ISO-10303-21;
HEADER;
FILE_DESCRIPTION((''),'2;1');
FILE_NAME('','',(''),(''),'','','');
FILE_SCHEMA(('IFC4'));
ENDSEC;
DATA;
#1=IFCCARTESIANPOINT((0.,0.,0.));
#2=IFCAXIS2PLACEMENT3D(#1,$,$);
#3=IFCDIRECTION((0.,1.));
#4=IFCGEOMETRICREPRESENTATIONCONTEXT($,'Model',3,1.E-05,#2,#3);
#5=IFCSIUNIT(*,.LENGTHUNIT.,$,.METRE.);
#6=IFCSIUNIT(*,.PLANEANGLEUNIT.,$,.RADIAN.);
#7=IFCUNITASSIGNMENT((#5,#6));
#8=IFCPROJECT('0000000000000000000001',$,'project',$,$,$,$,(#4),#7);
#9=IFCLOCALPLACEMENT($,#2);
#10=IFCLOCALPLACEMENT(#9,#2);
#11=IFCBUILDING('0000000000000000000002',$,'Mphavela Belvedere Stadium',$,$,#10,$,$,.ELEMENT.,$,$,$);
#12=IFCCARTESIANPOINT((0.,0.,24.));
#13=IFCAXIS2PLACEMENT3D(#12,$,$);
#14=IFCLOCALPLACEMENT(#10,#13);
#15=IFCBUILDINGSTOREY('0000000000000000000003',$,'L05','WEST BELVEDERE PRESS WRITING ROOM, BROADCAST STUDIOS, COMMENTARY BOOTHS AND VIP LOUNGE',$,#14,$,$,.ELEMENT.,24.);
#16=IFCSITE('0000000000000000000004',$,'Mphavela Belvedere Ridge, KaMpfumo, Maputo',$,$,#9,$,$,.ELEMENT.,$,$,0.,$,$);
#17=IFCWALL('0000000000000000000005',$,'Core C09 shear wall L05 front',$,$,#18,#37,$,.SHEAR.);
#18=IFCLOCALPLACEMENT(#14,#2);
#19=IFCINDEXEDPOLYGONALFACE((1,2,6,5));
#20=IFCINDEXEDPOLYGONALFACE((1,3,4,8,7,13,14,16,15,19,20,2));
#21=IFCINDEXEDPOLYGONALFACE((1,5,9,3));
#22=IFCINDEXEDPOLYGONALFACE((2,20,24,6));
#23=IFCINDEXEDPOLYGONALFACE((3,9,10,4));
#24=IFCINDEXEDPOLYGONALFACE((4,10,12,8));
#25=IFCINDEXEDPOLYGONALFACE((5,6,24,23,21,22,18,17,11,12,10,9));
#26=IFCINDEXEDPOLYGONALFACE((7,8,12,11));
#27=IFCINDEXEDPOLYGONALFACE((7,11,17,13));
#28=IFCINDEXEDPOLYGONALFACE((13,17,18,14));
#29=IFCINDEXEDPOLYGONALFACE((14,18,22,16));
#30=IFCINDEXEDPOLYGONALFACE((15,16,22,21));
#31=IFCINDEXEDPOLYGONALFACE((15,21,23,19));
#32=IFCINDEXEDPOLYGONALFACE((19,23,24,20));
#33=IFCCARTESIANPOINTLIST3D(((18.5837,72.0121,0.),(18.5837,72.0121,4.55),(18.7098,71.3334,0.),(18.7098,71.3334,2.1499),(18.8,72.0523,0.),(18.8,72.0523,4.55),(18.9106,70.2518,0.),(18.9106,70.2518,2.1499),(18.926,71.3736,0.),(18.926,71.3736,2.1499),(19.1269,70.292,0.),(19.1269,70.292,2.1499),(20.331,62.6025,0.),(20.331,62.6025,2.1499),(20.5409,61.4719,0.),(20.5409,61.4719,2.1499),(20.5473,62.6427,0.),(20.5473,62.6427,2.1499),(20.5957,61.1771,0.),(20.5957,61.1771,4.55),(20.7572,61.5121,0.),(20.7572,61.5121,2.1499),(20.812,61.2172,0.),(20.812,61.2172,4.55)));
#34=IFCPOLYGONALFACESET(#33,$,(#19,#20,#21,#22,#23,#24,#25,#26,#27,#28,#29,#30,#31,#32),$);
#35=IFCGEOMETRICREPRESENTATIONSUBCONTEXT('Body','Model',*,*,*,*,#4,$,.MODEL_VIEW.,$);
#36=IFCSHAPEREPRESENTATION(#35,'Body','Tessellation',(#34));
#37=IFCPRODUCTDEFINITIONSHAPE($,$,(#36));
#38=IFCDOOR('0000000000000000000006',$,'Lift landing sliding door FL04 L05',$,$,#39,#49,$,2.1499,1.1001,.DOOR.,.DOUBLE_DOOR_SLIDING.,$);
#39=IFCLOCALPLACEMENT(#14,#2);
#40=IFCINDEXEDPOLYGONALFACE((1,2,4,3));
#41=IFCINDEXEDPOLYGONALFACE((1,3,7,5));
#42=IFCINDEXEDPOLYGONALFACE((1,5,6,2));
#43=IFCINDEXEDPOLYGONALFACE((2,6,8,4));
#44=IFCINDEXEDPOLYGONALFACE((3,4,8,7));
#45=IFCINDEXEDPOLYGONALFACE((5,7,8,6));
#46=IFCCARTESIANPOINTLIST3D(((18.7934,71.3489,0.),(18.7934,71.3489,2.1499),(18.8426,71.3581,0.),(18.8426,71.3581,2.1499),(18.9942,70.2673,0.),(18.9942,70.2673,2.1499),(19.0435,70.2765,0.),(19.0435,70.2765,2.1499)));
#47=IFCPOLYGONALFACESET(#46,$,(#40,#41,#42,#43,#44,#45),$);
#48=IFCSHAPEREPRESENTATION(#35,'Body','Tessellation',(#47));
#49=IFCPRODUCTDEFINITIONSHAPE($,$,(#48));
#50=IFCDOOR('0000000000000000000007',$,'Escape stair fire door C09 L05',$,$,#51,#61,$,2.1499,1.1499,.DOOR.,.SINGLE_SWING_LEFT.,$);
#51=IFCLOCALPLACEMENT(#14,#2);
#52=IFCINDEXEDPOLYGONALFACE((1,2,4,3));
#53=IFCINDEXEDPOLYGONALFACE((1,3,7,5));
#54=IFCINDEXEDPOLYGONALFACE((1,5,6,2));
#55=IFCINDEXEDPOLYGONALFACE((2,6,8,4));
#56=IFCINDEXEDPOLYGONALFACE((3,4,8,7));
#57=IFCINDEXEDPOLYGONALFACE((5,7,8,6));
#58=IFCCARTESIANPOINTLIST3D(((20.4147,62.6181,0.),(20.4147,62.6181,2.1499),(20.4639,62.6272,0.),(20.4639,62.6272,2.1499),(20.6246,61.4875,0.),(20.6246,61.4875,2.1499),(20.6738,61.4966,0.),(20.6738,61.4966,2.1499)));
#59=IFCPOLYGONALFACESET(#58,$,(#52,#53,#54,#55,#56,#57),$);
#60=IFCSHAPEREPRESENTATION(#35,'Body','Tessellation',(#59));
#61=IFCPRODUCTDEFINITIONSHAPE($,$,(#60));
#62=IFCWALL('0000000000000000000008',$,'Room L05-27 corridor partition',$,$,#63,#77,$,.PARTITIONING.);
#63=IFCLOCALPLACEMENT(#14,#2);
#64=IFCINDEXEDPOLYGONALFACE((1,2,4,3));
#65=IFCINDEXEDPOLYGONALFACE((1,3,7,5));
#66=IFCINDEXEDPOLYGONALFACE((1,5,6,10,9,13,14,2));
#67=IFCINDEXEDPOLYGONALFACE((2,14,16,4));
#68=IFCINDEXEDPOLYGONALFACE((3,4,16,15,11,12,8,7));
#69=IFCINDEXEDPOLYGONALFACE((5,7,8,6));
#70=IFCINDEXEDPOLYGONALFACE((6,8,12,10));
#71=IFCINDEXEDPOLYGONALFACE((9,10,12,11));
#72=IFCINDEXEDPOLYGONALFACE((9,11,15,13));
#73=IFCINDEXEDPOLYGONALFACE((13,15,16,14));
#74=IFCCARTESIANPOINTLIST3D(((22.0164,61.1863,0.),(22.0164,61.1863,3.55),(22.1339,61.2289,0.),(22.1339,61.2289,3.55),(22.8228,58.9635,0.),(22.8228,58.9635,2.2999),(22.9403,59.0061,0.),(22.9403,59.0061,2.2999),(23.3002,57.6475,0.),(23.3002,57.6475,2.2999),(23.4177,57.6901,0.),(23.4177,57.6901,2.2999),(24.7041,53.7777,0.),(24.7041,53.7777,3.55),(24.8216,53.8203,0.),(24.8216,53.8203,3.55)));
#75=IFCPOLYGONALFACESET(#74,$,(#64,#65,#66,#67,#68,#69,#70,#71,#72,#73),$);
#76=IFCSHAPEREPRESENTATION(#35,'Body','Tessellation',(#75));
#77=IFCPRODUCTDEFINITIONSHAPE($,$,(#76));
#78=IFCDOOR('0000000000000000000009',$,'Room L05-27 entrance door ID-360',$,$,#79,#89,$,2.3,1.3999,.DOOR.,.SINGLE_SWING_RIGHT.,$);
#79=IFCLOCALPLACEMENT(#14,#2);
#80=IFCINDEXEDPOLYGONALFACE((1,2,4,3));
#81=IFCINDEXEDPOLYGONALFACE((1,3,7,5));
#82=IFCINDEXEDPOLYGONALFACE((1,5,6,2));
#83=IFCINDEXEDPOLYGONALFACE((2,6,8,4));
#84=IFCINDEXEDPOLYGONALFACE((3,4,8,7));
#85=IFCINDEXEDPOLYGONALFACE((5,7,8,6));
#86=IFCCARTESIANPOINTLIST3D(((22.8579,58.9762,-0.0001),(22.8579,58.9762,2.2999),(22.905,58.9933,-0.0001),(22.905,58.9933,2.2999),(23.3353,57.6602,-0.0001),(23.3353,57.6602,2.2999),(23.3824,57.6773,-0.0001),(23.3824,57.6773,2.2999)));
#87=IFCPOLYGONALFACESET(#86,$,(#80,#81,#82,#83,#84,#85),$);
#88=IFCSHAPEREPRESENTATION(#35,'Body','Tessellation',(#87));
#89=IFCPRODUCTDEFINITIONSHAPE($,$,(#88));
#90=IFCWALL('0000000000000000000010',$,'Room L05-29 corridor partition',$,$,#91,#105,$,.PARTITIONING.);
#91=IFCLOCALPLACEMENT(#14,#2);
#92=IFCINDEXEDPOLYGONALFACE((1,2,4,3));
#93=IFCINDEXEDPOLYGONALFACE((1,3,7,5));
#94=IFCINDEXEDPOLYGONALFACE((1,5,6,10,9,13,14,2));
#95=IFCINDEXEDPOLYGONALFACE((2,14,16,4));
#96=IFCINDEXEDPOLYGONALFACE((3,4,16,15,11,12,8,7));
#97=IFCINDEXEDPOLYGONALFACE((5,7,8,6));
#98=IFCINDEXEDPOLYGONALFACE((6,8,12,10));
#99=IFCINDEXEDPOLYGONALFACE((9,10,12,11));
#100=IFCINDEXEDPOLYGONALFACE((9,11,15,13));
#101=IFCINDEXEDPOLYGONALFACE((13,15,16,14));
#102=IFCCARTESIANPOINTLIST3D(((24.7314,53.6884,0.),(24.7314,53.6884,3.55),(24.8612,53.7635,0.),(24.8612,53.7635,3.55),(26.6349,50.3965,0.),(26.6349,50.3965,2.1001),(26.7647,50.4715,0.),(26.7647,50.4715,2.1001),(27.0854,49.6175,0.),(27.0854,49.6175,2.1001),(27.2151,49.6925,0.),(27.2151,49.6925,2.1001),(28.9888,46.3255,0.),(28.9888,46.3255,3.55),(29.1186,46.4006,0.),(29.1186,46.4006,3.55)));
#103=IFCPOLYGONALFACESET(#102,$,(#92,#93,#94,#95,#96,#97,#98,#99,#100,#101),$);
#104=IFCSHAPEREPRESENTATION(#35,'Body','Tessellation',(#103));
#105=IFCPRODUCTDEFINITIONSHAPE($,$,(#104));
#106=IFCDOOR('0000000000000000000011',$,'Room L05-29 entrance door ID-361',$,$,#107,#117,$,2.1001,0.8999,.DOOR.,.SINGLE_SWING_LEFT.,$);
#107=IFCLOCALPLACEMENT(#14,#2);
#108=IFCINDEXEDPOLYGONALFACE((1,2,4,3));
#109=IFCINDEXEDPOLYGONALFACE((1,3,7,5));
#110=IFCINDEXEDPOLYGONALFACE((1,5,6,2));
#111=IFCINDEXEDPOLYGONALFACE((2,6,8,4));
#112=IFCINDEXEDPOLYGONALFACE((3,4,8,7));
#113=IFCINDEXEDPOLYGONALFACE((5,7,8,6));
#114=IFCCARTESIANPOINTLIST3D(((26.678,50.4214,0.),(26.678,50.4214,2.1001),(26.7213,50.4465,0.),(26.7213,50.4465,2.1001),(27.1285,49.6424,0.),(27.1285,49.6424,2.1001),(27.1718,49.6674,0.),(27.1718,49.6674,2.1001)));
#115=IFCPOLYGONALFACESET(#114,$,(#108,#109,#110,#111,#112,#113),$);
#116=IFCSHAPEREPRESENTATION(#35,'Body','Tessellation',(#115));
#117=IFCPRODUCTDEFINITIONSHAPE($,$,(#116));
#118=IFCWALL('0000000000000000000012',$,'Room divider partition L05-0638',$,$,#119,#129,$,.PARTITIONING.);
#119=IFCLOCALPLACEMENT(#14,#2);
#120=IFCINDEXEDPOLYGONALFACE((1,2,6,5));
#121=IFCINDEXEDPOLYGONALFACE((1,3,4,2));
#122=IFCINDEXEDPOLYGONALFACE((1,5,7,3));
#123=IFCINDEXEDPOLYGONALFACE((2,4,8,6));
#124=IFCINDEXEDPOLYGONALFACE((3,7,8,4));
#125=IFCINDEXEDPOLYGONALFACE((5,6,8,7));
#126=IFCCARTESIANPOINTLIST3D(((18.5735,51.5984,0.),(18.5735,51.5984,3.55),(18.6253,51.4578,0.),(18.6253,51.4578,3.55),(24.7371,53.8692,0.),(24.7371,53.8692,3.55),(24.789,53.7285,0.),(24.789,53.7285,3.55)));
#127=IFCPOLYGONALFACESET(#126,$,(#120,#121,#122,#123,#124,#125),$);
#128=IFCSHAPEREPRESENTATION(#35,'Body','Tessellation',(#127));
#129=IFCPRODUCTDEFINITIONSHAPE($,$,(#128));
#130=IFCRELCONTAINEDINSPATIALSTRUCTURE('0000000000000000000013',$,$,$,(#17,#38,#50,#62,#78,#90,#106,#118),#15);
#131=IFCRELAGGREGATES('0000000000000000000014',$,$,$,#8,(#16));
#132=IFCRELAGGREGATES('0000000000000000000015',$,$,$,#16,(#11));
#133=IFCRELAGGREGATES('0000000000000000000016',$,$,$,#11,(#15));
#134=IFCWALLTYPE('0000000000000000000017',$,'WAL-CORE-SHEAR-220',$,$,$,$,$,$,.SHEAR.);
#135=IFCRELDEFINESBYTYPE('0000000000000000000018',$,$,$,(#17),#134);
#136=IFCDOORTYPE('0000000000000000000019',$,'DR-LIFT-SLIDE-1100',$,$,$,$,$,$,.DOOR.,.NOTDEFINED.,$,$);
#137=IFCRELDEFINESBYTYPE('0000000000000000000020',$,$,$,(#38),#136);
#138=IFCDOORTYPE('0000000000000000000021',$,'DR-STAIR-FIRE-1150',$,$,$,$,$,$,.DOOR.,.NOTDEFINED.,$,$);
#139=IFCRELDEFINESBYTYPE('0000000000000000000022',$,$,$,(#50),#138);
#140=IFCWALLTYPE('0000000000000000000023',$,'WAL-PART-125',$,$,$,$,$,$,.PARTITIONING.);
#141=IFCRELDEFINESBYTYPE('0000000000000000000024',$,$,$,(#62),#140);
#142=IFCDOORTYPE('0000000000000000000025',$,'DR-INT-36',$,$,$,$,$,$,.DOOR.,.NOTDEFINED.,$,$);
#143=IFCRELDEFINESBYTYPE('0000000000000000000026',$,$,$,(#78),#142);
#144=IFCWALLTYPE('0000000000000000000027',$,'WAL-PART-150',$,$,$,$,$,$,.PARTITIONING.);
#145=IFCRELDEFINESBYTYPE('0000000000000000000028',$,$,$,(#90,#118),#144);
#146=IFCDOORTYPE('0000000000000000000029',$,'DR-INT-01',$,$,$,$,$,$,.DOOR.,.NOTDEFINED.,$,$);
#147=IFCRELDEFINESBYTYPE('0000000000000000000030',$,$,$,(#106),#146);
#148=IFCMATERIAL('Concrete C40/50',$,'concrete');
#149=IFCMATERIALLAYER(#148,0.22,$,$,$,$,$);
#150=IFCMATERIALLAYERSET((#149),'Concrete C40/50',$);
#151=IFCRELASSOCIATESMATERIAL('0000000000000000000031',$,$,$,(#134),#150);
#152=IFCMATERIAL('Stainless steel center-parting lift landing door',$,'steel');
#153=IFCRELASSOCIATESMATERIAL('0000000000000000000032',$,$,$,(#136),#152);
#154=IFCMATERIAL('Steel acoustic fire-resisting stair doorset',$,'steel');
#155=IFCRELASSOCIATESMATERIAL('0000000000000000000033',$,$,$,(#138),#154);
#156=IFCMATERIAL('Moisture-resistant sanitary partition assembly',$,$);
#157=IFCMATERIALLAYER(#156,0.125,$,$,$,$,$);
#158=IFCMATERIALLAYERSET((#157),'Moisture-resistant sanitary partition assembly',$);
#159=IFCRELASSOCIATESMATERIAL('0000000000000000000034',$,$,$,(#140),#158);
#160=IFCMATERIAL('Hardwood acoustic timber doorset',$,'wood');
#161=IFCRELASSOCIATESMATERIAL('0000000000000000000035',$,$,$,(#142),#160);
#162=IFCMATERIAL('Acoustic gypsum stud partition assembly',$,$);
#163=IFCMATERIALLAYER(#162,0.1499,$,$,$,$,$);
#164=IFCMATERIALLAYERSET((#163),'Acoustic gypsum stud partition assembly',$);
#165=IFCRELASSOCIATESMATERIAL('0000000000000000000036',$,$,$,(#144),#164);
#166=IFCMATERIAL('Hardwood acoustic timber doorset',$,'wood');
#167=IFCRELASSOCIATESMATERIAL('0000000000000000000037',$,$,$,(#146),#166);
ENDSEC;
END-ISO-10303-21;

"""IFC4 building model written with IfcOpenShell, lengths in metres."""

from ifc_helpers import new_model, si_unit, direction, frame, frame_2d, origin, place, context, subcontext, project, spatial, rectangle, extrude, material, layer, layer_set, type_object, element, fill, save


model = new_model("IFC4")

# Units and contexts
model_context = context("Model", 3, precision=1e-05, world=origin(), true_north=direction((0.0, 1.0)))
body_context = subcontext(model_context, "Body", "Model", "MODEL_VIEW")
ifc_project = project(units=[si_unit("LENGTHUNIT", "METRE"), si_unit("PLANEANGLEUNIT", "RADIAN")], contexts=[model_context])

# Site, building, storey
site_placement = place(None, origin())
site = spatial("IfcSite", under=ifc_project, at=site_placement, Name="Mphavela Belvedere Ridge, KaMpfumo, Maputo", CompositionType="ELEMENT", RefElevation=0.0)
building_placement = place(site_placement, origin())
building = spatial("IfcBuilding", under=site, at=building_placement, Name="Mphavela Belvedere Stadium", CompositionType="ELEMENT")
storey_placement = place(building_placement, frame((0.0, 0.0, 24.0)))
storey = spatial("IfcBuildingStorey", under=building, at=storey_placement, Name="L05", Description="WEST BELVEDERE PRESS WRITING ROOM, BROADCAST STUDIOS, COMMENTARY BOOTHS AND VIP LOUNGE", CompositionType="ELEMENT", Elevation=24.0)

# Shared definitions
ifc_material_1 = material(Name="Concrete C40/50", Category="concrete")
ifc_layer_1 = layer(ifc_material_1, 0.22)
ifc_layer_set_1 = layer_set([ifc_layer_1], Name="Concrete C40/50")
wall_type_1 = type_object("IfcWallType", Name="WAL-CORE-SHEAR-220", PredefinedType="SHEAR", material=ifc_layer_set_1)

# Wall, openings, doors
wall_1_placement = place(storey_placement, frame((20.7039, 61.197, 0.0), z_axis=(0.0, 0.0, 1.0), x_axis=(-0.182571, 0.983193, 0.0)))
wall_1 = element("IfcWall", 1, at=wall_1_placement, inside=storey, type_object=wall_type_1, Name="Core C09 shear wall L05 front", PredefinedType="SHEAR", context=body_context, shape_type="SweptSolid", body=[
    extrude(rectangle(XDim=11.0203, YDim=0.22, at=frame_2d((5.5103, 0.0))), origin(), (0.0, 0.0, 1.0), 4.55),
])
opening_1_placement = place(wall_1_placement, frame((0.3, 0.0, 0.0)))
opening_1 = element("IfcOpeningElement", 2, at=opening_1_placement, cuts=wall_1, PredefinedType="OPENING", context=body_context, shape_type="SweptSolid", body=[
    extrude(rectangle(XDim=1.1499, YDim=2.1499, at=frame_2d((0.575, 1.075))), frame((0.0, 0.1201, 0.0), z_axis=(0.0, -1.0, 0.0), x_axis=(1.0, 0.0, 0.0)), (0.0, 0.0, 1.0), 0.24),
])
opening_2_placement = place(wall_1_placement, frame((9.23, 0.0, 0.0)))
opening_2 = element("IfcOpeningElement", 3, at=opening_2_placement, cuts=wall_1, PredefinedType="OPENING", context=body_context, shape_type="SweptSolid", body=[
    extrude(rectangle(XDim=1.1001, YDim=2.1499, at=frame_2d((0.55, 1.075))), frame((0.0, 0.1201, 0.0), z_axis=(0.0, -1.0, 0.0), x_axis=(1.0, 0.0, 0.0)), (0.0, 0.0, 1.0), 0.24),
])
ifc_material_2 = material(Name="Stainless steel center-parting lift landing door", Category="steel")
door_type_1 = type_object("IfcDoorType", Name="DR-LIFT-SLIDE-1100", OperationType="NOTDEFINED", PredefinedType="DOOR", material=ifc_material_2)
door_1_placement = place(opening_2_placement, origin())
door_1 = element("IfcDoor", 4, at=door_1_placement, inside=storey, type_object=door_type_1, Name="Lift landing sliding door FL04 L05", OperationType="DOUBLE_DOOR_SLIDING", OverallHeight=2.1499, OverallWidth=1.1001, PredefinedType="DOOR", context=body_context, shape_type="SweptSolid", body=[
    extrude(rectangle(XDim=1.1001, YDim=2.1499, at=frame_2d((0.55, 1.075))), frame((0.0, 0.0249, 0.0), z_axis=(0.0, -1.0, 0.0), x_axis=(1.0, 0.0, 0.0)), (0.0, 0.0, 1.0), 0.05),
])
fill(opening_2, door_1)
ifc_material_3 = material(Name="Steel acoustic fire-resisting stair doorset", Category="steel")
door_type_2 = type_object("IfcDoorType", Name="DR-STAIR-FIRE-1150", OperationType="NOTDEFINED", PredefinedType="DOOR", material=ifc_material_3)
door_2_placement = place(opening_1_placement, origin())
door_2 = element("IfcDoor", 5, at=door_2_placement, inside=storey, type_object=door_type_2, Name="Escape stair fire door C09 L05", OperationType="SINGLE_SWING_LEFT", OverallHeight=2.1499, OverallWidth=1.1499, PredefinedType="DOOR", context=body_context, shape_type="SweptSolid", body=[
    extrude(rectangle(XDim=1.1499, YDim=2.1499, at=frame_2d((0.575, 1.075))), frame((0.0, 0.0249, 0.0), z_axis=(0.0, -1.0, 0.0), x_axis=(1.0, 0.0, 0.0)), (0.0, 0.0, 1.0), 0.05),
])
fill(opening_1, door_2)

# Walls, openings, doors
ifc_material_4 = material(Name="Moisture-resistant sanitary partition assembly")
ifc_layer_2 = layer(ifc_material_4, 0.125)
ifc_layer_set_2 = layer_set([ifc_layer_2], Name="Moisture-resistant sanitary partition assembly")
wall_type_2 = type_object("IfcWallType", Name="WAL-PART-125", PredefinedType="PARTITIONING", material=ifc_layer_set_2)
wall_2_placement = place(storey_placement, frame((22.0752, 61.2075, 0.0), z_axis=(0.0, 0.0, 1.0), x_axis=(0.341034, -0.940051, 0.0)))
wall_2 = element("IfcWall", 6, at=wall_2_placement, inside=storey, type_object=wall_type_2, Name="Room L05-27 corridor partition", PredefinedType="PARTITIONING", context=body_context, shape_type="SweptSolid", body=[
    extrude(rectangle(XDim=7.8811, YDim=0.125, at=frame_2d((3.9404, 0.0))), origin(), (0.0, 0.0, 1.0), 3.55),
])
opening_3_placement = place(wall_2_placement, frame((2.3645, 0.0, 0.0)))
opening_3 = element("IfcOpeningElement", 7, at=opening_3_placement, cuts=wall_2, PredefinedType="OPENING", context=body_context, shape_type="SweptSolid", body=[
    extrude(rectangle(XDim=1.3999, YDim=2.3, at=frame_2d((0.7, 1.1499))), frame((0.0, 0.0725, 0.0), z_axis=(0.0, -1.0, 0.0), x_axis=(1.0, 0.0, 0.0)), (0.0, 0.0, 1.0), 0.145),
])
ifc_material_5 = material(Name="Hardwood acoustic timber doorset", Category="wood")
door_type_3 = type_object("IfcDoorType", Name="DR-INT-36", OperationType="NOTDEFINED", PredefinedType="DOOR", material=ifc_material_5)
door_3_placement = place(opening_3_placement, origin())
door_3 = element("IfcDoor", 8, at=door_3_placement, inside=storey, type_object=door_type_3, Name="Room L05-27 entrance door ID-360", OperationType="SINGLE_SWING_RIGHT", OverallHeight=2.3, OverallWidth=1.3999, PredefinedType="DOOR", context=body_context, shape_type="SweptSolid", body=[
    extrude(rectangle(XDim=1.3999, YDim=2.3, at=frame_2d((0.7, 1.1499))), frame((0.0, 0.0249, 0.0), z_axis=(0.0, -1.0, 0.0), x_axis=(1.0, 0.0, 0.0)), (0.0, 0.0, 1.0), 0.05),
])
fill(opening_3, door_3)
ifc_material_6 = material(Name="Acoustic gypsum stud partition assembly")
ifc_layer_3 = layer(ifc_material_6, 0.1499)
ifc_layer_set_3 = layer_set([ifc_layer_3], Name="Acoustic gypsum stud partition assembly")
wall_type_3 = type_object("IfcWallType", Name="WAL-PART-150", PredefinedType="PARTITIONING", material=ifc_layer_set_3)
wall_3_placement = place(storey_placement, frame((24.7964, 53.7258, 0.0), z_axis=(0.0, 0.0, 1.0), x_axis=(0.500565, -0.865699, 0.0)))
wall_3 = element("IfcWall", 9, at=wall_3_placement, inside=storey, type_object=wall_type_3, Name="Room L05-29 corridor partition", PredefinedType="PARTITIONING", context=body_context, shape_type="SweptSolid", body=[
    extrude(rectangle(XDim=8.5051, YDim=0.1499, at=frame_2d((4.2524, 0.0))), origin(), (0.0, 0.0, 1.0), 3.55),
])
opening_4_placement = place(wall_3_placement, frame((3.8025, 0.0, 0.0)))
opening_4 = element("IfcOpeningElement", 10, at=opening_4_placement, cuts=wall_3, PredefinedType="OPENING", context=body_context, shape_type="SweptSolid", body=[
    extrude(rectangle(XDim=0.8999, YDim=2.1001, at=frame_2d((0.45, 1.05))), frame((0.0, 0.085, 0.0), z_axis=(0.0, -1.0, 0.0), x_axis=(1.0, 0.0, 0.0)), (0.0, 0.0, 1.0), 0.1699),
])
ifc_material_7 = material(Name="Hardwood acoustic timber doorset", Category="wood")
door_type_4 = type_object("IfcDoorType", Name="DR-INT-01", OperationType="NOTDEFINED", PredefinedType="DOOR", material=ifc_material_7)
door_4_placement = place(opening_4_placement, origin())
door_4 = element("IfcDoor", 11, at=door_4_placement, inside=storey, type_object=door_type_4, Name="Room L05-29 entrance door ID-361", OperationType="SINGLE_SWING_LEFT", OverallHeight=2.1001, OverallWidth=0.8999, PredefinedType="DOOR", context=body_context, shape_type="SweptSolid", body=[
    extrude(rectangle(XDim=0.8999, YDim=2.1001, at=frame_2d((0.45, 1.05))), frame((0.0, 0.0249, 0.0), z_axis=(0.0, -1.0, 0.0), x_axis=(1.0, 0.0, 0.0)), (0.0, 0.0, 1.0), 0.05),
])
fill(opening_4, door_4)

# Wall
wall_4_placement = place(storey_placement, frame((24.7629, 53.7988, 0.0), z_axis=(0.0, 0.0, 1.0), x_axis=(-0.938345, -0.3457, 0.0)))
element("IfcWall", 12, at=wall_4_placement, inside=storey, type_object=wall_type_3, Name="Room divider partition L05-0638", PredefinedType="PARTITIONING", context=body_context, shape_type="SweptSolid", body=[
    extrude(rectangle(XDim=6.5686, YDim=0.1499, at=frame_2d((3.2842, 0.0))), origin(), (0.0, 0.0, 1.0), 3.55),
])

save(model, "model.ifc")
